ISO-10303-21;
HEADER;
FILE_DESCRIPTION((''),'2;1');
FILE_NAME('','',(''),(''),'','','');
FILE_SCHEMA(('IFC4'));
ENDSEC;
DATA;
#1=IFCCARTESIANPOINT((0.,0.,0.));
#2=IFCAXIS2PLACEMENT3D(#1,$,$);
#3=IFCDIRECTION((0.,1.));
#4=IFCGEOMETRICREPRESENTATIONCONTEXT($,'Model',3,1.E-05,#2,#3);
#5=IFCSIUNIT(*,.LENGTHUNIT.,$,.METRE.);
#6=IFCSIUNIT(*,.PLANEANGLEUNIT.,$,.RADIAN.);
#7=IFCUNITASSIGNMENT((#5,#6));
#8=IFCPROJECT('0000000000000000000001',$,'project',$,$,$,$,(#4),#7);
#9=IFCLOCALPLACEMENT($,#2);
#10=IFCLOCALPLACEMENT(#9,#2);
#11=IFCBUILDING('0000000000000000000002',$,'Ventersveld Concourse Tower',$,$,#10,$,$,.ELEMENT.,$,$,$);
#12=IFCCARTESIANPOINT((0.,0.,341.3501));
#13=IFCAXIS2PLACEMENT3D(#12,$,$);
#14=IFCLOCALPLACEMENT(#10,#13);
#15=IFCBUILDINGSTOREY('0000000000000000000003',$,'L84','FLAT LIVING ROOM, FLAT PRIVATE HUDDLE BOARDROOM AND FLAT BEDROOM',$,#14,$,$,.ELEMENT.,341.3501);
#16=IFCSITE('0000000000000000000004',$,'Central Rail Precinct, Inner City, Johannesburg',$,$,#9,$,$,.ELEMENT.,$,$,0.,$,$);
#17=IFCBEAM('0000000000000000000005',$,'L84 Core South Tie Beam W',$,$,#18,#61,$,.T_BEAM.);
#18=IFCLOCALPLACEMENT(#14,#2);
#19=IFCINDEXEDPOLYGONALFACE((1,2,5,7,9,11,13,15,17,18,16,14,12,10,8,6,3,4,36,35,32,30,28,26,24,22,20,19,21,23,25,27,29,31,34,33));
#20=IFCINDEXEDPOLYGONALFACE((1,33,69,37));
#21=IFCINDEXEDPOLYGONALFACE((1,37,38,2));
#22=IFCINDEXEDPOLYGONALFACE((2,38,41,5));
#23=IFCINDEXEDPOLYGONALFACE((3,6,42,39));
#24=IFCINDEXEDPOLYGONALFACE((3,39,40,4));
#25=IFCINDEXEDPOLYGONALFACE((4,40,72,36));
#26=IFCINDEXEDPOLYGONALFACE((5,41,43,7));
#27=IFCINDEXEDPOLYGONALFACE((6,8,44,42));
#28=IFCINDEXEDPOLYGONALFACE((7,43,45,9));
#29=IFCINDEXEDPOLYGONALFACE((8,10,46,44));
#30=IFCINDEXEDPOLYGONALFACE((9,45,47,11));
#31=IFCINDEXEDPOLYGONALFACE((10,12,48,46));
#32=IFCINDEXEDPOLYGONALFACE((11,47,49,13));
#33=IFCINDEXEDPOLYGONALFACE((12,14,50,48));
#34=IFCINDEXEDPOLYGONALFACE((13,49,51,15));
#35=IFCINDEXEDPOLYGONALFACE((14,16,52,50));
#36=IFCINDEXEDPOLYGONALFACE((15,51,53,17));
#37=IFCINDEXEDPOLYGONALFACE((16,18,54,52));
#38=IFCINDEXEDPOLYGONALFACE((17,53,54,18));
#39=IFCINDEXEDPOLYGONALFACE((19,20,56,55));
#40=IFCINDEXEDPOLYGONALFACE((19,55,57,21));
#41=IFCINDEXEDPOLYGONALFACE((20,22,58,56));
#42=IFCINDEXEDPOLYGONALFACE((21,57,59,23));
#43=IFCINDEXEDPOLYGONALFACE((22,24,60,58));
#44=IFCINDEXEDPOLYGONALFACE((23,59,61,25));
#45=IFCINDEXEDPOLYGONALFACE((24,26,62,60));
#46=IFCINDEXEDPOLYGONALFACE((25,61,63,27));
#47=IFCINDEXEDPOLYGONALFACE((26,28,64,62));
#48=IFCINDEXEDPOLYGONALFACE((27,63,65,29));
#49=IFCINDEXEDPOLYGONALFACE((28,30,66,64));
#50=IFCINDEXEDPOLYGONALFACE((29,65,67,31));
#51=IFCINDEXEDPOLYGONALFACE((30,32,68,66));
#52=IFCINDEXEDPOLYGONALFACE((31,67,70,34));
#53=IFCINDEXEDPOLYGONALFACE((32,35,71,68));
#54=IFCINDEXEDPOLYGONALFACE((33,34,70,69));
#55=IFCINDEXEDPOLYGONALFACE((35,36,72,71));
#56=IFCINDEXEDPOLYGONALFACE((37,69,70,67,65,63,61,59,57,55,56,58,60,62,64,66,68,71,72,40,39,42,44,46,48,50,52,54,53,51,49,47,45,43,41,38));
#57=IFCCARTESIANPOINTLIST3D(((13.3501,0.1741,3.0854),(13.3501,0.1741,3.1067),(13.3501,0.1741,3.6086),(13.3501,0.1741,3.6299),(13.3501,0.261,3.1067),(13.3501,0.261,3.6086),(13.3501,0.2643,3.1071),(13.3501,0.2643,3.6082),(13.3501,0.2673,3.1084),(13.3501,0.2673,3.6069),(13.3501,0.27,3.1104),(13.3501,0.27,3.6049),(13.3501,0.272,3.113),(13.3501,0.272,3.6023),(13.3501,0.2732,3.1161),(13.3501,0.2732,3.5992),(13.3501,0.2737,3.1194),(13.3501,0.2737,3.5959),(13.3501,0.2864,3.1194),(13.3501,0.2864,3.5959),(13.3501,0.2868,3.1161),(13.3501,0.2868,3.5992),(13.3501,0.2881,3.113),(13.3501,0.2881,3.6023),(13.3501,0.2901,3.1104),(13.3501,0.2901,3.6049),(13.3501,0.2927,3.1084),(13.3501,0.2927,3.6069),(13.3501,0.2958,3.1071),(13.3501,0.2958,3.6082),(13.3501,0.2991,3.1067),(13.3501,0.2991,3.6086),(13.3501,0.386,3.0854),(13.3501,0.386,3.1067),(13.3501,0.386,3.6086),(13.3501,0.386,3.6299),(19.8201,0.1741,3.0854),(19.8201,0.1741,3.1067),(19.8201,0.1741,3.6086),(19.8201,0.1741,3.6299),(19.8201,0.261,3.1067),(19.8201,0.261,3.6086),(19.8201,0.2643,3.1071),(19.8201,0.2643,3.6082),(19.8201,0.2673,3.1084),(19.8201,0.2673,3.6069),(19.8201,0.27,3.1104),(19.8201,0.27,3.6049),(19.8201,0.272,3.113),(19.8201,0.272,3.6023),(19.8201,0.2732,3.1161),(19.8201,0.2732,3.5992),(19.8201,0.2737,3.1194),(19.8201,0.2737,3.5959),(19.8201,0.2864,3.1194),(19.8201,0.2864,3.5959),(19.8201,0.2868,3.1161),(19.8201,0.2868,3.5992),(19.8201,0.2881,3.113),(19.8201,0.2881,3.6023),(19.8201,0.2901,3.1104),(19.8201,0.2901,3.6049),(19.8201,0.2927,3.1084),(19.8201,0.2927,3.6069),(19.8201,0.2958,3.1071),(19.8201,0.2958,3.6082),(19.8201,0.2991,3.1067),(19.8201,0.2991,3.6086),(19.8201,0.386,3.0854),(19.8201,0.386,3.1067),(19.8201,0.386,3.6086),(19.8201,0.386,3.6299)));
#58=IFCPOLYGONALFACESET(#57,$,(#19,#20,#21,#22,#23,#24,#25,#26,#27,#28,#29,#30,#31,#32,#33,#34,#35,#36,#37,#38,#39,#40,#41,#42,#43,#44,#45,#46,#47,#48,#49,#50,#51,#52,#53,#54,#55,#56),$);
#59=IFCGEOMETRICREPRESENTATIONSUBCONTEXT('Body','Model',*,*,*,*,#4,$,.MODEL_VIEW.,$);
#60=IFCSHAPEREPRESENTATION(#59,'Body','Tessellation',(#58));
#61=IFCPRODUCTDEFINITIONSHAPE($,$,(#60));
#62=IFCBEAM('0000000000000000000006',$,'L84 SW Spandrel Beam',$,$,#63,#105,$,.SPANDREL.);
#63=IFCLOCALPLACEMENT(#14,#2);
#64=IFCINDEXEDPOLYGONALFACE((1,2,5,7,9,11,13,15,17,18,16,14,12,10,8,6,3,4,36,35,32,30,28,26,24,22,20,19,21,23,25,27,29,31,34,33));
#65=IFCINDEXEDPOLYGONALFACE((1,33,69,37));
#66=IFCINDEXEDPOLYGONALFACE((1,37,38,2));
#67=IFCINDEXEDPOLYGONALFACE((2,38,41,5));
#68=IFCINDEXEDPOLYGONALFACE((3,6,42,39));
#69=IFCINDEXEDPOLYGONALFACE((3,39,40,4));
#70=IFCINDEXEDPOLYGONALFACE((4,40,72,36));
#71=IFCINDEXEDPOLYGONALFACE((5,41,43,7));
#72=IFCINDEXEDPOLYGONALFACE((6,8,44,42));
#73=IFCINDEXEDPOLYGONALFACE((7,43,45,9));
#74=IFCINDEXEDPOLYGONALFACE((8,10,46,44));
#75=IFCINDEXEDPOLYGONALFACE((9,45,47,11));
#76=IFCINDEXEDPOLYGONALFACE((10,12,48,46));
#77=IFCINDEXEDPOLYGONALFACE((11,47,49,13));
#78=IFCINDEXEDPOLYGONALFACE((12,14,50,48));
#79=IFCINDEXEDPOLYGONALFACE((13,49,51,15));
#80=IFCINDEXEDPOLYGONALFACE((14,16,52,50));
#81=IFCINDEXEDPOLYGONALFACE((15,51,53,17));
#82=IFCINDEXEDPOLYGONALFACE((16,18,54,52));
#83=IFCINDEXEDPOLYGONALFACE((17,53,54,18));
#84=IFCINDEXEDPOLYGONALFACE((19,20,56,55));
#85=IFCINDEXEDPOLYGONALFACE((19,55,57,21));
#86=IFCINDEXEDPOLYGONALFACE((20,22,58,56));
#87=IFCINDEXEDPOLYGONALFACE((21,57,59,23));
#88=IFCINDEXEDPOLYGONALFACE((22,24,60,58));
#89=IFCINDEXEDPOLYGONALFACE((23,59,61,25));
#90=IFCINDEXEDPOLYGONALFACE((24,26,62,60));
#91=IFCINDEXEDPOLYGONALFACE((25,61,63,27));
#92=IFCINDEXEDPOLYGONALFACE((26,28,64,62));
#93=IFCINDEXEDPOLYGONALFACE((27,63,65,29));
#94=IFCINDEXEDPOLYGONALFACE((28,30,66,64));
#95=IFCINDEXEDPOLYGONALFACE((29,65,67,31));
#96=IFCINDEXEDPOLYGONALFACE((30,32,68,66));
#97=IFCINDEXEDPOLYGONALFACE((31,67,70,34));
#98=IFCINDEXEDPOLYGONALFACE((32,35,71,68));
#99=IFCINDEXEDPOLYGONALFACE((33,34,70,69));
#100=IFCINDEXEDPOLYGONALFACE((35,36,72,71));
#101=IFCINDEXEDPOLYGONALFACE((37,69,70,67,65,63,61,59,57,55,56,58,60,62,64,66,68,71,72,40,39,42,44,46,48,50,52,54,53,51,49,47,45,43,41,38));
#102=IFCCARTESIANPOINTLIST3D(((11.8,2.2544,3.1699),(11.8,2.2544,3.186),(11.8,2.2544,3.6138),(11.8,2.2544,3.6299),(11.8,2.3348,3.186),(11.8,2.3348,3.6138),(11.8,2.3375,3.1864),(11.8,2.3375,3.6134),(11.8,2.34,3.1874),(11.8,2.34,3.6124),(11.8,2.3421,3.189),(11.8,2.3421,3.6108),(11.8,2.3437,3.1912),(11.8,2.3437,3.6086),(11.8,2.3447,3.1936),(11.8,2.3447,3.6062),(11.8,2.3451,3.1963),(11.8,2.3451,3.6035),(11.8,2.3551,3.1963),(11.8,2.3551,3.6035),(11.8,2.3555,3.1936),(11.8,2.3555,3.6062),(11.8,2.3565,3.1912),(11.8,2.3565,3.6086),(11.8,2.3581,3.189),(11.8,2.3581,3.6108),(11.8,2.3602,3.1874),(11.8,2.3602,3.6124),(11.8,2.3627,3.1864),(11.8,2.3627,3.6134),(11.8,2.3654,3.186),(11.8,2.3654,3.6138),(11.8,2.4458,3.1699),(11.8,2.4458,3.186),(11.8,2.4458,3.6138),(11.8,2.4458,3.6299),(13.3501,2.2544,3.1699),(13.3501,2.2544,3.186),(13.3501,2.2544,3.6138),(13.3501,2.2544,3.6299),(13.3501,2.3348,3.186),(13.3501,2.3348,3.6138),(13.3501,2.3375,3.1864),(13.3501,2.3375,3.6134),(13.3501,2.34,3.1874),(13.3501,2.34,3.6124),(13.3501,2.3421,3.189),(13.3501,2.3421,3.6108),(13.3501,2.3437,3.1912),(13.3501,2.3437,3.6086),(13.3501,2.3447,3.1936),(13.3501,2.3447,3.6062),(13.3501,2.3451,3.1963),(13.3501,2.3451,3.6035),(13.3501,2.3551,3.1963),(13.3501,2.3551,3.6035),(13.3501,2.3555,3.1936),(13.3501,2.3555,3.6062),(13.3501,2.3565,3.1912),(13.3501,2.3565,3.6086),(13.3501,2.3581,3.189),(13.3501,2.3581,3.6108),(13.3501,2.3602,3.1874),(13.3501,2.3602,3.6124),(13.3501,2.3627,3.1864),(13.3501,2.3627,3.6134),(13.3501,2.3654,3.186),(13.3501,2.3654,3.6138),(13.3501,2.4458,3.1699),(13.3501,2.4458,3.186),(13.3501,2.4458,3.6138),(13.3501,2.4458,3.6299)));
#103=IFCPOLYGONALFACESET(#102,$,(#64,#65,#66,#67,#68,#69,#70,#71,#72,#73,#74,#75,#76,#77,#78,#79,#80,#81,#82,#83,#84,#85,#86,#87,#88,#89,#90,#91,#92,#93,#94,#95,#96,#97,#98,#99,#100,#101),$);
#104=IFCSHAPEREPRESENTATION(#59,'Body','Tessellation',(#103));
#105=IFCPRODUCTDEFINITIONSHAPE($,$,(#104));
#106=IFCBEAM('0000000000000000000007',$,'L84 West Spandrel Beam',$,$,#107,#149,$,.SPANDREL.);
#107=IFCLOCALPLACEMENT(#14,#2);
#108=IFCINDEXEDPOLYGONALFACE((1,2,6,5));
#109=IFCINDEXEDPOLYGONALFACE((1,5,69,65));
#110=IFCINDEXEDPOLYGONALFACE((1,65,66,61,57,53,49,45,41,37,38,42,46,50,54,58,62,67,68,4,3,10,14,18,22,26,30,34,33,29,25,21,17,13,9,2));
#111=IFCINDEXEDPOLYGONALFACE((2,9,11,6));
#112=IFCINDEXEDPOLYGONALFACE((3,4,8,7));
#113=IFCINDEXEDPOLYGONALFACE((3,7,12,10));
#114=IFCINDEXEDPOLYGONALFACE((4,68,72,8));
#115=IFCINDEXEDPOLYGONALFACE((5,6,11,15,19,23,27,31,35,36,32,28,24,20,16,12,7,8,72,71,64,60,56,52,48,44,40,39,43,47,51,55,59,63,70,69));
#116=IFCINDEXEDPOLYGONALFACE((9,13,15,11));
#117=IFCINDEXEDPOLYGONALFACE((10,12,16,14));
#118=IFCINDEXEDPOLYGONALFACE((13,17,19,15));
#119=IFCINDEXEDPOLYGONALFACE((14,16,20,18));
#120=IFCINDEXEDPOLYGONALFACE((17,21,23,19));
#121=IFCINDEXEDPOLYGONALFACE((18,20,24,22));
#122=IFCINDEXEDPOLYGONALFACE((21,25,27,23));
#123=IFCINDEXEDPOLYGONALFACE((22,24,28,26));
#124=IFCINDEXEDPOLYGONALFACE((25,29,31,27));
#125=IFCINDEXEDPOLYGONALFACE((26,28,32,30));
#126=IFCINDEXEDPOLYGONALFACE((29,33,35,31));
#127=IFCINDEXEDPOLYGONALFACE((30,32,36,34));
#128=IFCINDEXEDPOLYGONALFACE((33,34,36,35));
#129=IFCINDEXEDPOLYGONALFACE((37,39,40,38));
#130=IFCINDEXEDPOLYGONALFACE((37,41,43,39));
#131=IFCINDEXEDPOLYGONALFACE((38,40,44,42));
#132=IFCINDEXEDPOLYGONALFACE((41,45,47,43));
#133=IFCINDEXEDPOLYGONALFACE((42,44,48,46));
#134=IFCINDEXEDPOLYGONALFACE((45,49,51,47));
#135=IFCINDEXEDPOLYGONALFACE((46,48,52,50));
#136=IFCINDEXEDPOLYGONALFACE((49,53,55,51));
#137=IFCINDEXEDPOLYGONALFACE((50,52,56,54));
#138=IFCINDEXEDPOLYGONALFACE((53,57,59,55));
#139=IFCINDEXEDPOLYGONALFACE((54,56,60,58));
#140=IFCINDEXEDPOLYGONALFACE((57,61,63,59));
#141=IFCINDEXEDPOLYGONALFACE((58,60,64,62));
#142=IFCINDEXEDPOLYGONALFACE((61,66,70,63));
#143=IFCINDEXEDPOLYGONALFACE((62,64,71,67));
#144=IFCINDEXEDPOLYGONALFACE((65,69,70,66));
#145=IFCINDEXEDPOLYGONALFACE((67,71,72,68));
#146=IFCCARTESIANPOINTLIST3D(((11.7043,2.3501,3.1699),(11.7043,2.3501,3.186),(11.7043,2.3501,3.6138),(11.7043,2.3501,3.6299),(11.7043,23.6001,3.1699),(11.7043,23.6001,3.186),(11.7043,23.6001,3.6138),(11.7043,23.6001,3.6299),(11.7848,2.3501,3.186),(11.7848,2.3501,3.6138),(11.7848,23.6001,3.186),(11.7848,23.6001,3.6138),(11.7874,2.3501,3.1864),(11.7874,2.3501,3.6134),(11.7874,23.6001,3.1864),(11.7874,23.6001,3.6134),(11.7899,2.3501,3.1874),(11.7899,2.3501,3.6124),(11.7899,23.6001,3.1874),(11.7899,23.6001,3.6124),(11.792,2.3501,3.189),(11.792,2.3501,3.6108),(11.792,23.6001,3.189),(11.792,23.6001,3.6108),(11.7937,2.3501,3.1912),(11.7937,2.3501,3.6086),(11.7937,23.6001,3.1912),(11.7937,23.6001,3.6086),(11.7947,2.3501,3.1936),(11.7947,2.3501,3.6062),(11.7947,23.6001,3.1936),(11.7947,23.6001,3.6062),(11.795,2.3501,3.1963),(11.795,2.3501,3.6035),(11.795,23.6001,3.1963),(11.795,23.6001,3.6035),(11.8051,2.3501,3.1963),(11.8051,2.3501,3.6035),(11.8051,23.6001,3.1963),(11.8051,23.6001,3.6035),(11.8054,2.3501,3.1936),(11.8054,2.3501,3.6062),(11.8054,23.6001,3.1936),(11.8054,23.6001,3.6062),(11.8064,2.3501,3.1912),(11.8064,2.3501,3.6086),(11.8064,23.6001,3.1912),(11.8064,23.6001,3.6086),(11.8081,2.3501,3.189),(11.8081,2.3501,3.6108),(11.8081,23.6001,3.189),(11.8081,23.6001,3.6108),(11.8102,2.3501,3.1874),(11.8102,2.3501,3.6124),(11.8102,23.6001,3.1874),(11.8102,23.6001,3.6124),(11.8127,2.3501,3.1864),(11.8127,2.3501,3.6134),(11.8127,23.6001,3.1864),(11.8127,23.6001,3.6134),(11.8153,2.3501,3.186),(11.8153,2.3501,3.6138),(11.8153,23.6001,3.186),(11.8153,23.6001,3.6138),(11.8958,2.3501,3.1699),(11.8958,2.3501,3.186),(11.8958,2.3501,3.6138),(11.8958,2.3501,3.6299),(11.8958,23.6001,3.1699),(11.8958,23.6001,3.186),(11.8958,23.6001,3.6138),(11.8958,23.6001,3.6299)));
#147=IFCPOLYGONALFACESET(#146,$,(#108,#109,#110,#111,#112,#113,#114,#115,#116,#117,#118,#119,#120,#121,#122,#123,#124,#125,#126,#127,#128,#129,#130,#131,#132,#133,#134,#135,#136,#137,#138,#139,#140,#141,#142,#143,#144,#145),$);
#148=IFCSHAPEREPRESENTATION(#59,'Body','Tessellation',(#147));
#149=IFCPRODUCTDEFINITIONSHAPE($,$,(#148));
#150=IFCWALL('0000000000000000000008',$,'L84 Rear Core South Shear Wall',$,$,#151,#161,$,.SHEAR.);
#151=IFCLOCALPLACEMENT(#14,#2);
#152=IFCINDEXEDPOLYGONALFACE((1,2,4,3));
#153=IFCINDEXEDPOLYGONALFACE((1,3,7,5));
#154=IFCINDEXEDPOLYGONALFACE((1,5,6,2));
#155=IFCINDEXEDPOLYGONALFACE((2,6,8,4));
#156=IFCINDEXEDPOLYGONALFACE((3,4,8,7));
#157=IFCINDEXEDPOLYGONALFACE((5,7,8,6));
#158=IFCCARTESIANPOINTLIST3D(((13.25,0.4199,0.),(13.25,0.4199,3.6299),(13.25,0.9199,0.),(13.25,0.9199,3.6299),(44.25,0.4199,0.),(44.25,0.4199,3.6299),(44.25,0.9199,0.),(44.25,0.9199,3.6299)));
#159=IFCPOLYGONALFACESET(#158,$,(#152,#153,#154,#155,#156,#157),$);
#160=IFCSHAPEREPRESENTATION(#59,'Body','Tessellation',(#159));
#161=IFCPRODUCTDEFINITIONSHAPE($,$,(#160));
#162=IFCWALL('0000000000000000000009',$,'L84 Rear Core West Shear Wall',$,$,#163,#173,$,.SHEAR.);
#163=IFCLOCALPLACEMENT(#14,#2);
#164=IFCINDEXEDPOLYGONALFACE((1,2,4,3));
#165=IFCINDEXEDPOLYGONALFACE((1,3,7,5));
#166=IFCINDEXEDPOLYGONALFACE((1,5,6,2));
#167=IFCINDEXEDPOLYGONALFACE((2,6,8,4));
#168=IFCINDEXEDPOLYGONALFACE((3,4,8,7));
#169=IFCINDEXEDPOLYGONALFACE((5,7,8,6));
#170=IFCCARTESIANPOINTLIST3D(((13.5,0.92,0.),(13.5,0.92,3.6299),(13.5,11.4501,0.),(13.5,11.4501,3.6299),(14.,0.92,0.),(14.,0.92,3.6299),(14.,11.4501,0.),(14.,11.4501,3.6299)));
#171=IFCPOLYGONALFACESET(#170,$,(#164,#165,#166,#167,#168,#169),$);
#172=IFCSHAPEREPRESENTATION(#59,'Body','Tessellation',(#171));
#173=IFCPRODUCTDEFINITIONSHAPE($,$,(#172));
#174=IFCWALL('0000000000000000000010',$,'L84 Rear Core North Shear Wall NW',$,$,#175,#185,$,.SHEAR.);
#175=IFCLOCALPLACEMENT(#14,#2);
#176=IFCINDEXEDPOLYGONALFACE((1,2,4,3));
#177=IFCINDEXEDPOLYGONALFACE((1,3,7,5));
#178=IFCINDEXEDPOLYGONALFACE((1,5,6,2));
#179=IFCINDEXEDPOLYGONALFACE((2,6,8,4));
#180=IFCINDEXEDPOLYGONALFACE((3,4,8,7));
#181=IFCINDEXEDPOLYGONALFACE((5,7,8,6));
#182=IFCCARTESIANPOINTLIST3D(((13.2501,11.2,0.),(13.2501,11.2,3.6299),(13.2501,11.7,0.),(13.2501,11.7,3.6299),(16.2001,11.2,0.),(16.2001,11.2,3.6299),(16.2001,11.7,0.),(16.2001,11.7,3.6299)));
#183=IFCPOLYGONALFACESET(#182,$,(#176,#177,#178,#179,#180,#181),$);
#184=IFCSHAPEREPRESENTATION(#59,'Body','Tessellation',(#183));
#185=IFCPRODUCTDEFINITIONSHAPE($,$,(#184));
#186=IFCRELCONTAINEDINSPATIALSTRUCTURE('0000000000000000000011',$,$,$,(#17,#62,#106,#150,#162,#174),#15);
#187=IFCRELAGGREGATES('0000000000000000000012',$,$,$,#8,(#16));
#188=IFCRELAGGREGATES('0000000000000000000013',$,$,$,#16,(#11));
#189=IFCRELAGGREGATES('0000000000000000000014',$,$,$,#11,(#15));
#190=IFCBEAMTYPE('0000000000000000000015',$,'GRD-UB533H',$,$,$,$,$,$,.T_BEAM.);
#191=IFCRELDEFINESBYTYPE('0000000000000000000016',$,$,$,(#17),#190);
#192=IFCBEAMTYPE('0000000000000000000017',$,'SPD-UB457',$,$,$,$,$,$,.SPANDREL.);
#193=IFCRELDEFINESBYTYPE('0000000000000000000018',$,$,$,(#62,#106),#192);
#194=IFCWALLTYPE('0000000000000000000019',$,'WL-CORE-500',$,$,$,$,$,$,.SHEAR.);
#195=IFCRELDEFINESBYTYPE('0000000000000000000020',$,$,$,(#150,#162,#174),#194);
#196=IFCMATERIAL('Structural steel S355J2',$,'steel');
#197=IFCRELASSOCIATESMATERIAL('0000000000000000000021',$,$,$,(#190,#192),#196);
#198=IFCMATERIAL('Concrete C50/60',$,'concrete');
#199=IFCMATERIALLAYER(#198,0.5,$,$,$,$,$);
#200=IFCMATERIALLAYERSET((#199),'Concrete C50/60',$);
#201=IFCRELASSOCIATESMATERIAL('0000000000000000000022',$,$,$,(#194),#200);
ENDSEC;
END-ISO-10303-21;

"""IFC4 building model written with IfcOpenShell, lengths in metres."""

from ifc_helpers import new_model, si_unit, direction, frame, frame_2d, origin, origin_2d, place, context, subcontext, project, spatial, rectangle, i_section, extrude, material, layer, layer_set, material_profile, profile_set, type_object, element, save


model = new_model("IFC4")

# Units and contexts
model_context = context("Model", 3, precision=1e-05, world=origin(), true_north=direction((0.0, 1.0)))
body_context = subcontext(model_context, "Body", "Model", "MODEL_VIEW")
ifc_project = project(units=[si_unit("LENGTHUNIT", "METRE"), si_unit("PLANEANGLEUNIT", "RADIAN")], contexts=[model_context])

# Site, building, storey
site_placement = place(None, origin())
site = spatial("IfcSite", under=ifc_project, at=site_placement, Name="Central Rail Precinct, Inner City, Johannesburg", CompositionType="ELEMENT", RefElevation=0.0)
building_placement = place(site_placement, origin())
building = spatial("IfcBuilding", under=site, at=building_placement, Name="Ventersveld Concourse Tower", CompositionType="ELEMENT")
storey_placement = place(building_placement, frame((0.0, 0.0, 341.3501)))
storey = spatial("IfcBuildingStorey", under=building, at=storey_placement, Name="L84", Description="FLAT LIVING ROOM, FLAT PRIVATE HUDDLE BOARDROOM AND FLAT BEDROOM", CompositionType="ELEMENT", Elevation=341.3501)

# Shared definitions
ifc_material_1 = material(Name="Concrete C50/60", Category="concrete")

# Beams
ifc_material_2 = material(Name="Structural steel S355J2", Category="steel")
ifc_material_profile_1 = material_profile(ifc_material_2, i_section(OverallWidth=0.2119, OverallDepth=0.5444, WebThickness=0.0127, FlangeThickness=0.0212, FilletRadius=0.0127, at=origin_2d()), Name="UB 533x210x122")
ifc_profile_set_1 = profile_set([ifc_material_profile_1], Name="Structural steel S355J2")
beam_type_1 = type_object("IfcBeamType", Name="GRD-UB533H", PredefinedType="T_BEAM", material=ifc_profile_set_1)
beam_1_placement = place(storey_placement, frame((13.3501, 0.28, 3.3577), z_axis=(1.0, 0.0, 0.0), x_axis=(0.0, 1.0, 0.0)))
element("IfcBeam", 1, at=beam_1_placement, inside=storey, type_object=beam_type_1, Name="L84 Core South Tie Beam W", PredefinedType="T_BEAM", context=body_context, shape_type="SweptSolid", body=[
    extrude(i_section(OverallWidth=0.2119, OverallDepth=0.5444, WebThickness=0.0127, FlangeThickness=0.0212, FilletRadius=0.0127, at=origin_2d()), origin(), (0.0, 0.0, 1.0), 6.47),
])
ifc_material_profile_2 = material_profile(ifc_material_2, i_section(OverallWidth=0.1914, OverallDepth=0.46, WebThickness=0.01, FlangeThickness=0.0161, FilletRadius=0.0103, at=origin_2d()), Name="UB 457x191x82")
ifc_profile_set_2 = profile_set([ifc_material_profile_2], Name="Structural steel S355J2")
beam_type_2 = type_object("IfcBeamType", Name="SPD-UB457", PredefinedType="SPANDREL", material=ifc_profile_set_2)
beam_2_placement = place(storey_placement, frame((11.8, 2.3501, 3.3999), z_axis=(1.0, 0.0, 0.0), x_axis=(0.0, 1.0, 0.0)))
element("IfcBeam", 2, at=beam_2_placement, inside=storey, type_object=beam_type_2, Name="L84 SW Spandrel Beam", PredefinedType="SPANDREL", context=body_context, shape_type="SweptSolid", body=[
    extrude(i_section(OverallWidth=0.1914, OverallDepth=0.46, WebThickness=0.01, FlangeThickness=0.0161, FilletRadius=0.0103, at=origin_2d()), origin(), (0.0, 0.0, 1.0), 1.55),
])
beam_3_placement = place(storey_placement, frame((11.8, 2.3501, 3.3999), z_axis=(0.0, 1.0, 0.0), x_axis=(-1.0, 0.0, 0.0)))
element("IfcBeam", 3, at=beam_3_placement, inside=storey, type_object=beam_type_2, Name="L84 West Spandrel Beam", PredefinedType="SPANDREL", context=body_context, shape_type="SweptSolid", body=[
    extrude(i_section(OverallWidth=0.1914, OverallDepth=0.46, WebThickness=0.01, FlangeThickness=0.0161, FilletRadius=0.0103, at=origin_2d()), origin(), (0.0, 0.0, 1.0), 21.25),
])

# Walls
ifc_layer_1 = layer(ifc_material_1, 0.5)
ifc_layer_set_1 = layer_set([ifc_layer_1], Name="Concrete C50/60")
wall_type_1 = type_object("IfcWallType", Name="WL-CORE-500", PredefinedType="SHEAR", material=ifc_layer_set_1)
wall_1_placement = place(storey_placement, frame((13.25, 0.6699, 0.0), z_axis=(0.0, 0.0, 1.0), x_axis=(1.0, 0.0, 0.0)))
element("IfcWall", 4, at=wall_1_placement, inside=storey, type_object=wall_type_1, Name="L84 Rear Core South Shear Wall", PredefinedType="SHEAR", context=body_context, shape_type="SweptSolid", body=[
    extrude(rectangle(XDim=31.0, YDim=0.5, at=frame_2d((15.5, 0.0))), origin(), (0.0, 0.0, 1.0), 3.6299),
])
wall_2_placement = place(storey_placement, frame((13.75, 0.9199, 0.0), z_axis=(0.0, 0.0, 1.0), x_axis=(0.0, 1.0, 0.0)))
element("IfcWall", 5, at=wall_2_placement, inside=storey, type_object=wall_type_1, Name="L84 Rear Core West Shear Wall", PredefinedType="SHEAR", context=body_context, shape_type="SweptSolid", body=[
    extrude(rectangle(XDim=10.53, YDim=0.5, at=frame_2d((5.2651, 0.0))), origin(), (0.0, 0.0, 1.0), 3.6299),
])
wall_3_placement = place(storey_placement, frame((13.25, 11.45, 0.0), z_axis=(0.0, 0.0, 1.0), x_axis=(1.0, 0.0, 0.0)))
element("IfcWall", 6, at=wall_3_placement, inside=storey, type_object=wall_type_1, Name="L84 Rear Core North Shear Wall NW", PredefinedType="SHEAR", context=body_context, shape_type="SweptSolid", body=[
    extrude(rectangle(XDim=2.95, YDim=0.5, at=frame_2d((1.4751, 0.0))), origin(), (0.0, 0.0, 1.0), 3.6299),
])

save(model, "model.ifc")
